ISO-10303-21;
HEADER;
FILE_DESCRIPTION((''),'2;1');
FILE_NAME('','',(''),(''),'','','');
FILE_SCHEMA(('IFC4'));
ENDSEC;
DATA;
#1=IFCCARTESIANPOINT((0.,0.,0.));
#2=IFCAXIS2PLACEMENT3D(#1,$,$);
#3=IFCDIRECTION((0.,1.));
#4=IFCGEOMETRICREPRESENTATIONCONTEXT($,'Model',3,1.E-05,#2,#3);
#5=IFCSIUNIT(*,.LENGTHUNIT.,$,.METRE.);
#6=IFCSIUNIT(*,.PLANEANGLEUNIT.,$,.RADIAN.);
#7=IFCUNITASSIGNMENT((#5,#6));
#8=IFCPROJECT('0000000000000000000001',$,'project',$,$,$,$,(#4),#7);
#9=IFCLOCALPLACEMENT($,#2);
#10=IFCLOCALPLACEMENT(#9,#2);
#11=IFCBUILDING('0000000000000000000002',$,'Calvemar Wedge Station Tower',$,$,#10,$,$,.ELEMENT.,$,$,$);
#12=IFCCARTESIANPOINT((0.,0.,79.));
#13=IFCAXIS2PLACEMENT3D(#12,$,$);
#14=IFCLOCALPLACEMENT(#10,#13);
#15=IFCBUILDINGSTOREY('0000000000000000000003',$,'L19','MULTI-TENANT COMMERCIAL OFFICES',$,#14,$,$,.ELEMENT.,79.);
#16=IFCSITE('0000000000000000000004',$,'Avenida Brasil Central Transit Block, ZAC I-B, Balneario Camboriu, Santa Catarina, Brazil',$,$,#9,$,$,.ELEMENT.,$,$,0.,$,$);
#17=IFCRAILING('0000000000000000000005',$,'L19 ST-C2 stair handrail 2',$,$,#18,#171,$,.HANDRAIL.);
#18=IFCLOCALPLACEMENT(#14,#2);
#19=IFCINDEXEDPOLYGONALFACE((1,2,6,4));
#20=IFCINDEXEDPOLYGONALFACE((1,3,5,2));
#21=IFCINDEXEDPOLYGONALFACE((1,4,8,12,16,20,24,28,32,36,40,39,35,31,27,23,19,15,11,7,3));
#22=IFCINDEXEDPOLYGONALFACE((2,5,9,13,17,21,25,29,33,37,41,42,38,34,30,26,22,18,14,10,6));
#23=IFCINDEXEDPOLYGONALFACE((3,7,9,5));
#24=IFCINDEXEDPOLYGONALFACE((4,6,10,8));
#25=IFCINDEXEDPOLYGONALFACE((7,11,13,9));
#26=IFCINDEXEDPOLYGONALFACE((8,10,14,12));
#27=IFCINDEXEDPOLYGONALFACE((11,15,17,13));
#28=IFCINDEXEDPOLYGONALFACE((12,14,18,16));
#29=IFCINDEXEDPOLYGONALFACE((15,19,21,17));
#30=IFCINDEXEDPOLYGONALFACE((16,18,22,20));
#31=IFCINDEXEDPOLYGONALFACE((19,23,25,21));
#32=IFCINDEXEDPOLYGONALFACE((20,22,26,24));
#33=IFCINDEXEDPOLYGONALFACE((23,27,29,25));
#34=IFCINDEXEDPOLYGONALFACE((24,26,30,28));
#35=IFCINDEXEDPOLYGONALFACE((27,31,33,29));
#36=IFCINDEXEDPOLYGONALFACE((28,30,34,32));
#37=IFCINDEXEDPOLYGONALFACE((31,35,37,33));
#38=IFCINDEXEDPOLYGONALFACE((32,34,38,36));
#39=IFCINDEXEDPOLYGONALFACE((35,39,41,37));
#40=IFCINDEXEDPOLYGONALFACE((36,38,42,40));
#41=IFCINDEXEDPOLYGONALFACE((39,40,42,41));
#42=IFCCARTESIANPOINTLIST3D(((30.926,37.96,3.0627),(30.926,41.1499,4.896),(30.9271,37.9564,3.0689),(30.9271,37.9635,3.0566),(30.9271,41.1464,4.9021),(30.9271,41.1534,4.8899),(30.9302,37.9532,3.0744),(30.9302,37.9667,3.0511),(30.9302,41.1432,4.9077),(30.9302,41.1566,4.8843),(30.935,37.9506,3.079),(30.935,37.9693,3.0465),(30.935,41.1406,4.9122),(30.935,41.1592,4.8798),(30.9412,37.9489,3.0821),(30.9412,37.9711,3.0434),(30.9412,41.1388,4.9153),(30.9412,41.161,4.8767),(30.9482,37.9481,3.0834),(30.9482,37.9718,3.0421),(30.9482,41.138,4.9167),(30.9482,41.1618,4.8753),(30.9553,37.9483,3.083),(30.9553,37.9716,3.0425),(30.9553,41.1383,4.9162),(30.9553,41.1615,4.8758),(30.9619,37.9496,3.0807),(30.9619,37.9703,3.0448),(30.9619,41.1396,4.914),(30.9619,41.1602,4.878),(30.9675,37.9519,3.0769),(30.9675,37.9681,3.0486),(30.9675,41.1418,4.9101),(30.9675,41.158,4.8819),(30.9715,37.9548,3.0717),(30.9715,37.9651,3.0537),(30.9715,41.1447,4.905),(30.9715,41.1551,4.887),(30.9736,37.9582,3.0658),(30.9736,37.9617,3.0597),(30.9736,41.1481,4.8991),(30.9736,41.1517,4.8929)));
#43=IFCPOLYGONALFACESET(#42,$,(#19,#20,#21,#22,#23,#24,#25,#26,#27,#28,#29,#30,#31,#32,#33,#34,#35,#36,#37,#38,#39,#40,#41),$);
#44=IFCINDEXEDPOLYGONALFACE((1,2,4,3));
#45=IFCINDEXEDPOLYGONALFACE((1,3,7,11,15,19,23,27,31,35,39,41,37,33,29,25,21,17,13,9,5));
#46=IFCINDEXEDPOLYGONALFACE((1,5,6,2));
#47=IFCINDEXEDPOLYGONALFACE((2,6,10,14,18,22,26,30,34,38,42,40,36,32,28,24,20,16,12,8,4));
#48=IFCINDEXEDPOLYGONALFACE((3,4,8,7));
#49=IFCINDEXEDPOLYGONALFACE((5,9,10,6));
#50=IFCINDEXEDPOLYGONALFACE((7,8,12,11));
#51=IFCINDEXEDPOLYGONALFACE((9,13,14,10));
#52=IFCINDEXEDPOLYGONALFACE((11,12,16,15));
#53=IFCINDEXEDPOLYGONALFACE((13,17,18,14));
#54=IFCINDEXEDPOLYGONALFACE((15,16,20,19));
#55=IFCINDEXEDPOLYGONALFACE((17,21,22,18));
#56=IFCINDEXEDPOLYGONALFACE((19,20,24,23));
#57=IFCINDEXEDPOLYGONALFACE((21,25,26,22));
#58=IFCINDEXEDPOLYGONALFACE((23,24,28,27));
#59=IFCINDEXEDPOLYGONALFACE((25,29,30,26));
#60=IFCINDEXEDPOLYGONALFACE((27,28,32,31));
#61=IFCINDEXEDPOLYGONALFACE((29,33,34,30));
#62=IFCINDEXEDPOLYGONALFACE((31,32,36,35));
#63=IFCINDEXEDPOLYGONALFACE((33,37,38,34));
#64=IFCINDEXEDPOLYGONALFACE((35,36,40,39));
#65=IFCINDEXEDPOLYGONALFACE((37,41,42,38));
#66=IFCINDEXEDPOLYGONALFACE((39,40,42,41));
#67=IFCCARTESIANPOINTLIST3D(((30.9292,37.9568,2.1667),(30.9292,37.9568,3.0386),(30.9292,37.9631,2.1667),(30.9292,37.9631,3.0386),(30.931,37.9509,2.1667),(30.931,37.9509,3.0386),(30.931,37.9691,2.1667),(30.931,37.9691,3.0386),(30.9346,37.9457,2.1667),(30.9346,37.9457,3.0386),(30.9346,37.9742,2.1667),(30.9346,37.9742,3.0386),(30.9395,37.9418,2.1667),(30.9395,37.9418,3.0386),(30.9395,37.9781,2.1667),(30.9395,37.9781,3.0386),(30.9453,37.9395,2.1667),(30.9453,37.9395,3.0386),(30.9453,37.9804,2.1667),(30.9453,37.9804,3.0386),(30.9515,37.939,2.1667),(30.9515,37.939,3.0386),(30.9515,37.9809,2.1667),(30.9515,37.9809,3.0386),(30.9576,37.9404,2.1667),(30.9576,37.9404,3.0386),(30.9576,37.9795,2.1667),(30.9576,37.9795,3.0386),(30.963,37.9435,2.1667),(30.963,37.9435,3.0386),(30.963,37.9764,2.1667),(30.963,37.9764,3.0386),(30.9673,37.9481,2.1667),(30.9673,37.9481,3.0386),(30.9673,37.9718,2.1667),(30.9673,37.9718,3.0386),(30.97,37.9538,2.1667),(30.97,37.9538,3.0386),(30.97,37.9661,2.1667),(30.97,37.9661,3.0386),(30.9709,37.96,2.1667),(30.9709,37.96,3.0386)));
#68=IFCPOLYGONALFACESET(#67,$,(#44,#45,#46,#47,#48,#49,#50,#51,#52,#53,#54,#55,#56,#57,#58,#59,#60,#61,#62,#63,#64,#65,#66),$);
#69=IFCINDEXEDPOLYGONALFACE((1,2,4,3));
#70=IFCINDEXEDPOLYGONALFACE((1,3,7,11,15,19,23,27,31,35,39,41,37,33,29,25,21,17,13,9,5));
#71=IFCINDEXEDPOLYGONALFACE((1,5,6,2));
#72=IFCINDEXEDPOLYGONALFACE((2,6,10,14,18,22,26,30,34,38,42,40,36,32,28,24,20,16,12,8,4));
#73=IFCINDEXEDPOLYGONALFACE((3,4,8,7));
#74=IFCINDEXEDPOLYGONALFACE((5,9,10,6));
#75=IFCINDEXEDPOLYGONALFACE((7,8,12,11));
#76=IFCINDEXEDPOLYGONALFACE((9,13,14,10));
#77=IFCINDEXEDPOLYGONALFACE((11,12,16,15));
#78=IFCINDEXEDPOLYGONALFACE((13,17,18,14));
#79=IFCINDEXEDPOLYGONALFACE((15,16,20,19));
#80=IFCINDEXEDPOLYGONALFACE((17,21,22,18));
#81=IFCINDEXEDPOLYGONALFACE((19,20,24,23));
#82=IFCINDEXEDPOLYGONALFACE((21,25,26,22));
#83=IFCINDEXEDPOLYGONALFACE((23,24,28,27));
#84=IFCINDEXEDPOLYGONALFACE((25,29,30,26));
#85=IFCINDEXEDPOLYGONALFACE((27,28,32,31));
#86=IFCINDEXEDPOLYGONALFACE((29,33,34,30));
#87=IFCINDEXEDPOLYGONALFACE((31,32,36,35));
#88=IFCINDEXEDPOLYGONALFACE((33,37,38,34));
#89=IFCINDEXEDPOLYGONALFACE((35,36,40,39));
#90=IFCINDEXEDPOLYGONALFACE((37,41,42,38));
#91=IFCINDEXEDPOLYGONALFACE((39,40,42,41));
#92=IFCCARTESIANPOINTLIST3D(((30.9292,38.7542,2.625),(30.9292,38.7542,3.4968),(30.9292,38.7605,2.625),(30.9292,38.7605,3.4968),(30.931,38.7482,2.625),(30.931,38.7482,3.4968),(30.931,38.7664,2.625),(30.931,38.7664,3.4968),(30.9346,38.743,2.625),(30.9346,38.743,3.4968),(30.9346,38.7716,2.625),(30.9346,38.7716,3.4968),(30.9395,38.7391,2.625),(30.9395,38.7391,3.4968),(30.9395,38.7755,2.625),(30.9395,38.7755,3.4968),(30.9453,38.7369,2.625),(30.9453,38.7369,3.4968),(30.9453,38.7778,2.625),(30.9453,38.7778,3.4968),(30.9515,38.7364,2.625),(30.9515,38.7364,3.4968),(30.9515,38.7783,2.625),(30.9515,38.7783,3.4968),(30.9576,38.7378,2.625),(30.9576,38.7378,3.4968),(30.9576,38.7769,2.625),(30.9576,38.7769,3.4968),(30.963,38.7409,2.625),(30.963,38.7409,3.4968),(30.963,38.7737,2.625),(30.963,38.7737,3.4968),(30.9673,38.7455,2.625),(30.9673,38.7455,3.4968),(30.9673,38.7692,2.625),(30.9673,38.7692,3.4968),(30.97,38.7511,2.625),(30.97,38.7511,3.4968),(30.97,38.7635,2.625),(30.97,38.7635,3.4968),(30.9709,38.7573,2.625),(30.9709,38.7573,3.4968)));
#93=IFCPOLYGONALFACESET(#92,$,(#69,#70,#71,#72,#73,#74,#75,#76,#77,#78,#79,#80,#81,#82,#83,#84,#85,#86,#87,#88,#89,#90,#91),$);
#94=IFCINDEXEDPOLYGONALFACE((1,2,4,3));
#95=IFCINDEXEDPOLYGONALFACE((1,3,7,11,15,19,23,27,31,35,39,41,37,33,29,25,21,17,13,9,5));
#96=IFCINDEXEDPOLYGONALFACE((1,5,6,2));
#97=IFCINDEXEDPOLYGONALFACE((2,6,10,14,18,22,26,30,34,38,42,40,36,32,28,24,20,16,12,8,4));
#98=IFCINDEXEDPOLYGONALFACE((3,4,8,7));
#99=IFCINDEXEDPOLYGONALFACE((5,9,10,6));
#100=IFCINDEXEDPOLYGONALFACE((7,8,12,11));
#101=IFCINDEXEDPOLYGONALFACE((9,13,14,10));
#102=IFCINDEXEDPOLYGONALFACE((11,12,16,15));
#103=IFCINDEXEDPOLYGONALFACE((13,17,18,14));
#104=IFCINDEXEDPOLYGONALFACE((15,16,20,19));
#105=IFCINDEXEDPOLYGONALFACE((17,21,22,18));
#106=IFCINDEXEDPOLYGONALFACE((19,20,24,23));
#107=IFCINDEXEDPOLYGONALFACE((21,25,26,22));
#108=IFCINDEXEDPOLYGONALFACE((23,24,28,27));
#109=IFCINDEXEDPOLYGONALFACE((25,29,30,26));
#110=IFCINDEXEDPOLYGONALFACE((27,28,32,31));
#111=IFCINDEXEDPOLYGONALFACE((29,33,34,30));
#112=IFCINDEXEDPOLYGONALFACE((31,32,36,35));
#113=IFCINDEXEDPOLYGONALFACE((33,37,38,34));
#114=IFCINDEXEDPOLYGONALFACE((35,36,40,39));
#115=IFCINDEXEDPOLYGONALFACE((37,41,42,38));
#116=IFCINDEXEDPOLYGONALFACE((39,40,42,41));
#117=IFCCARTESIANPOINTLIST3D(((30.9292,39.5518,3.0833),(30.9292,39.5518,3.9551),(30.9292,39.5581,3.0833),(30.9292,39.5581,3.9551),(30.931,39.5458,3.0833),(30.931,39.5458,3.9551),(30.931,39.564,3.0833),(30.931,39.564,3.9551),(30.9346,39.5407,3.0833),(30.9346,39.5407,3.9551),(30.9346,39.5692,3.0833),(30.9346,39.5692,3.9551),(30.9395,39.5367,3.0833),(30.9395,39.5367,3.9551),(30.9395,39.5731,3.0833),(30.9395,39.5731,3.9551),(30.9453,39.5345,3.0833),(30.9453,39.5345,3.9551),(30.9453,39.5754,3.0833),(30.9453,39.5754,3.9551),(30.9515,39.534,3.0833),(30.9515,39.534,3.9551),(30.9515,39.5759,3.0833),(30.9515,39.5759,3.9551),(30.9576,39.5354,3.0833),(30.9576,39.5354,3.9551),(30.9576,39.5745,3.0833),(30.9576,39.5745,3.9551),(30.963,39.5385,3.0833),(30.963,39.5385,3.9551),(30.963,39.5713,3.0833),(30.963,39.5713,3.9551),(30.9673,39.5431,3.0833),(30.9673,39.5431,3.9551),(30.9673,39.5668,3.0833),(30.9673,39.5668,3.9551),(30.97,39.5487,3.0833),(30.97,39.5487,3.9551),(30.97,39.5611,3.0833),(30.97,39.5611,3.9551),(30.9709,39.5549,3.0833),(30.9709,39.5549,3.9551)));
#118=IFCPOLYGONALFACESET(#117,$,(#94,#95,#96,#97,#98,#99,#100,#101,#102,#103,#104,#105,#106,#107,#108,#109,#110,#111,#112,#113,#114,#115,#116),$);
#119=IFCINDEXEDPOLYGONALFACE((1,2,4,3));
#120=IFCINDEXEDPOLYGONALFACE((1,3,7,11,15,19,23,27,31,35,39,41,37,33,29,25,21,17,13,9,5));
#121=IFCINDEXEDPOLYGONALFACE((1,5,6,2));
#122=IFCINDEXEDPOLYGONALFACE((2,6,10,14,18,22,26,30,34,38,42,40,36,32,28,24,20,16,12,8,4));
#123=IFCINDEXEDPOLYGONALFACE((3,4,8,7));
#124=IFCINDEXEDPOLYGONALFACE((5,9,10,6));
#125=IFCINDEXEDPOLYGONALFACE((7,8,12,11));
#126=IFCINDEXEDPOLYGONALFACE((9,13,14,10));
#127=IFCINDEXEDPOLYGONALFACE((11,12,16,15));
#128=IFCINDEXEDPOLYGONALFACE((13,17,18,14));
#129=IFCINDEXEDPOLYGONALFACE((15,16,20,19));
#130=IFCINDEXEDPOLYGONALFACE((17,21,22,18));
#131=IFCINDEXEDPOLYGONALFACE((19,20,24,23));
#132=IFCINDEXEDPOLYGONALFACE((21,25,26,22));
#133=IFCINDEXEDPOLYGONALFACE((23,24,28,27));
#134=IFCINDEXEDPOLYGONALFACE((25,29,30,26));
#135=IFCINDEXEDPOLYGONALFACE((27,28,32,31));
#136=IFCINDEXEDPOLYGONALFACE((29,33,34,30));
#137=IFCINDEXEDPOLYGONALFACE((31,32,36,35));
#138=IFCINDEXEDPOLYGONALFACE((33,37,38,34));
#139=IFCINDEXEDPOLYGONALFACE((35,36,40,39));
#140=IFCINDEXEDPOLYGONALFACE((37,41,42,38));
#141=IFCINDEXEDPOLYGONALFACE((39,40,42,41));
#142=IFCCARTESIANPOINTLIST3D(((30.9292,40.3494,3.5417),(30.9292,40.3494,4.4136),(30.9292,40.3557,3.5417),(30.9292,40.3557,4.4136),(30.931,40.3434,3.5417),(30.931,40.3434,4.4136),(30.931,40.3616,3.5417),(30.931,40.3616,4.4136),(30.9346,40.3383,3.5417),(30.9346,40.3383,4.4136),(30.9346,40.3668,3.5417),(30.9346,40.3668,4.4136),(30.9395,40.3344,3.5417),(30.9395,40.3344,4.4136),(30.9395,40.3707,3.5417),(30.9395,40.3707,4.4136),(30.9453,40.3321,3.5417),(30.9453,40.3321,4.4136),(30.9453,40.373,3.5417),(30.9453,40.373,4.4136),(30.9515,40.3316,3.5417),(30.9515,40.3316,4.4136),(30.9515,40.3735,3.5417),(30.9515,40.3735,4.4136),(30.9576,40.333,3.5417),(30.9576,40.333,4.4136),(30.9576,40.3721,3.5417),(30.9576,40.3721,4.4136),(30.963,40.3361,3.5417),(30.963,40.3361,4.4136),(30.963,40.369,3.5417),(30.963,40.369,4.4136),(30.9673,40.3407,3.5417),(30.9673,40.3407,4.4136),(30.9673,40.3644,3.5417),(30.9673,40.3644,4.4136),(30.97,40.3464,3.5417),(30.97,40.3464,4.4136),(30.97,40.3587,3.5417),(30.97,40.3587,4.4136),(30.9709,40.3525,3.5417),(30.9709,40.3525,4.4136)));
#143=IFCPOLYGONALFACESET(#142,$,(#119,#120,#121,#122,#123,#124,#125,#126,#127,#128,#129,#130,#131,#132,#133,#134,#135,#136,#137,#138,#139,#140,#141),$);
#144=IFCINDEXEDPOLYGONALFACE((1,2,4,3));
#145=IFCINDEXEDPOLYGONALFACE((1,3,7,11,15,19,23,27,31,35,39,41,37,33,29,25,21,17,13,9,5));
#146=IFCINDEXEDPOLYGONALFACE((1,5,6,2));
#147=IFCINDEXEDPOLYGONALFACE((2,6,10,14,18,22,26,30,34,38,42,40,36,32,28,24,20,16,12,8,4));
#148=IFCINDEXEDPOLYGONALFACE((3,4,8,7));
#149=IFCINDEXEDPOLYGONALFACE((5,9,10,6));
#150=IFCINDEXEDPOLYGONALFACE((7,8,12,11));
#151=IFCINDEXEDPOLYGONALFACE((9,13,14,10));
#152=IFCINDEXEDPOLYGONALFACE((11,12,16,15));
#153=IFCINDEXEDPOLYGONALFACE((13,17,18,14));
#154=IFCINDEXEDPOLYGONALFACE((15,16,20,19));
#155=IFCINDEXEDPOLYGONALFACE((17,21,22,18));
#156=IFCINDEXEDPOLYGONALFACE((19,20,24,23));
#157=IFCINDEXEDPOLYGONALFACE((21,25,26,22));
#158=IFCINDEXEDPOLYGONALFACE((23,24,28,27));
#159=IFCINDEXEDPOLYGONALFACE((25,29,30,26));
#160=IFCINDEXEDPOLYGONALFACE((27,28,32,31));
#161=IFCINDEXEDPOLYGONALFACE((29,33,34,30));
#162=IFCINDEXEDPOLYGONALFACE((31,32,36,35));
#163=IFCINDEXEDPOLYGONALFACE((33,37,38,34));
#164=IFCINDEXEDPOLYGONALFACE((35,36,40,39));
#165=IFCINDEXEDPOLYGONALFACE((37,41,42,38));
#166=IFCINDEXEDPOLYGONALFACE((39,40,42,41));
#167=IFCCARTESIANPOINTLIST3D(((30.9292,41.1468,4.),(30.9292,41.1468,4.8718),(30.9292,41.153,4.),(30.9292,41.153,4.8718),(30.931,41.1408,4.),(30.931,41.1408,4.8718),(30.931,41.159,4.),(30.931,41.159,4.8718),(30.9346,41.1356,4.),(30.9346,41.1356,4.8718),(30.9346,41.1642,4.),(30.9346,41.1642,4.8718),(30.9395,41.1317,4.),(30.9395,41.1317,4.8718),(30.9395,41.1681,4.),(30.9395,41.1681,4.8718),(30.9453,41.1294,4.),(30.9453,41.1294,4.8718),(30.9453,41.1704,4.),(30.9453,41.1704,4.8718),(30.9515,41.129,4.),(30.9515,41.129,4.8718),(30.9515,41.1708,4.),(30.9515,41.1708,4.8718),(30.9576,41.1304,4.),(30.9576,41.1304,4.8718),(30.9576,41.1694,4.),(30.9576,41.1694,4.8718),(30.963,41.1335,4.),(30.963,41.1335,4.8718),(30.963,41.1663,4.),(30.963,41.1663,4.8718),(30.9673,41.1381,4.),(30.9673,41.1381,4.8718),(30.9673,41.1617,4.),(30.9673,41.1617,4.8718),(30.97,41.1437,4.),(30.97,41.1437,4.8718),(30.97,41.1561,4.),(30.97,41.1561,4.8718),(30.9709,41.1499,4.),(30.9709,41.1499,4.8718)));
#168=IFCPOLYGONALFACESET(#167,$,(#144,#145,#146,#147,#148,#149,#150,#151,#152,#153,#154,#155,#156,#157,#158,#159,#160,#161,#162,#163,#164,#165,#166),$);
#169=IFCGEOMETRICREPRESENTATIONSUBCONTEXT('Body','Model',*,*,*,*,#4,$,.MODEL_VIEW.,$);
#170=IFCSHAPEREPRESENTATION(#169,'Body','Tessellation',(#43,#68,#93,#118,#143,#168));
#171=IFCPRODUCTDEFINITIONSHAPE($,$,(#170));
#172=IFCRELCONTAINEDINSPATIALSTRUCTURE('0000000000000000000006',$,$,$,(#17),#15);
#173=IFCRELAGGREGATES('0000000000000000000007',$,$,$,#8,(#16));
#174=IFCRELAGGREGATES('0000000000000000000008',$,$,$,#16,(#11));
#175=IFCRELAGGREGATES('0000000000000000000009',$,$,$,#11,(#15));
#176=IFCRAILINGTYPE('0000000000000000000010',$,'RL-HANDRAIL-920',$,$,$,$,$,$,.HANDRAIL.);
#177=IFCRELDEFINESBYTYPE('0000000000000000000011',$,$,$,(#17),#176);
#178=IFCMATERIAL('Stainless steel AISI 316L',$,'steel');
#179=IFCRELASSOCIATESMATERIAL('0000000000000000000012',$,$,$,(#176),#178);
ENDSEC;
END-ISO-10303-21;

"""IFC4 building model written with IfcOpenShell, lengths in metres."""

from ifc_helpers import new_model, si_unit, direction, frame, origin, origin_2d, place, context, subcontext, project, spatial, circle, extrude, material, type_object, element, save


model = new_model("IFC4")

# Units and contexts
model_context = context("Model", 3, precision=1e-05, world=origin(), true_north=direction((0.0, 1.0)))
body_context = subcontext(model_context, "Body", "Model", "MODEL_VIEW")
ifc_project = project(units=[si_unit("LENGTHUNIT", "METRE"), si_unit("PLANEANGLEUNIT", "RADIAN")], contexts=[model_context])

# Site, building, storey
site_placement = place(None, origin())
site = spatial("IfcSite", under=ifc_project, at=site_placement, Name="Avenida Brasil Central Transit Block, ZAC I-B, Balneario Camboriu, Santa Catarina, Brazil", CompositionType="ELEMENT", RefElevation=0.0)
building_placement = place(site_placement, origin())
building = spatial("IfcBuilding", under=site, at=building_placement, Name="Calvemar Wedge Station Tower", CompositionType="ELEMENT")
storey_placement = place(building_placement, frame((0.0, 0.0, 79.0)))
storey = spatial("IfcBuildingStorey", under=building, at=storey_placement, Name="L19", Description="MULTI-TENANT COMMERCIAL OFFICES", CompositionType="ELEMENT", Elevation=79.0)

# Railing
ifc_material_1 = material(Name="Stainless steel AISI 316L", Category="steel")
railing_type_1 = type_object("IfcRailingType", Name="RL-HANDRAIL-920", PredefinedType="HANDRAIL", material=ifc_material_1)
railing_1_placement = place(storey_placement, frame((30.95, 37.96, 2.1667)))
element("IfcRailing", 1, at=railing_1_placement, inside=storey, type_object=railing_type_1, Name="L19 ST-C2 stair handrail 2", PredefinedType="HANDRAIL", context=body_context, shape_type="SweptSolid", body=[
    extrude(circle(Radius=0.0239, at=origin_2d()), frame((0.0, 0.0, 0.896), z_axis=(0.0, 0.86702, 0.498274), x_axis=(-1.0, 0.0, 0.0)), (0.0, 0.0, 1.0), 3.6792),
    extrude(circle(Radius=0.021, at=origin_2d()), origin(), (0.0, 0.0, 1.0), 0.8718),
    extrude(circle(Radius=0.021, at=origin_2d()), frame((0.0, 0.7974, 0.4583)), (0.0, 0.0, 1.0), 0.8718),
    extrude(circle(Radius=0.021, at=origin_2d()), frame((0.0, 1.595, 0.9165)), (0.0, 0.0, 1.0), 0.8718),
    extrude(circle(Radius=0.021, at=origin_2d()), frame((0.0, 2.3926, 1.375)), (0.0, 0.0, 1.0), 0.8718),
    extrude(circle(Radius=0.021, at=origin_2d()), frame((0.0, 3.1899, 1.8333)), (0.0, 0.0, 1.0), 0.8718),
])

save(model, "model.ifc")
